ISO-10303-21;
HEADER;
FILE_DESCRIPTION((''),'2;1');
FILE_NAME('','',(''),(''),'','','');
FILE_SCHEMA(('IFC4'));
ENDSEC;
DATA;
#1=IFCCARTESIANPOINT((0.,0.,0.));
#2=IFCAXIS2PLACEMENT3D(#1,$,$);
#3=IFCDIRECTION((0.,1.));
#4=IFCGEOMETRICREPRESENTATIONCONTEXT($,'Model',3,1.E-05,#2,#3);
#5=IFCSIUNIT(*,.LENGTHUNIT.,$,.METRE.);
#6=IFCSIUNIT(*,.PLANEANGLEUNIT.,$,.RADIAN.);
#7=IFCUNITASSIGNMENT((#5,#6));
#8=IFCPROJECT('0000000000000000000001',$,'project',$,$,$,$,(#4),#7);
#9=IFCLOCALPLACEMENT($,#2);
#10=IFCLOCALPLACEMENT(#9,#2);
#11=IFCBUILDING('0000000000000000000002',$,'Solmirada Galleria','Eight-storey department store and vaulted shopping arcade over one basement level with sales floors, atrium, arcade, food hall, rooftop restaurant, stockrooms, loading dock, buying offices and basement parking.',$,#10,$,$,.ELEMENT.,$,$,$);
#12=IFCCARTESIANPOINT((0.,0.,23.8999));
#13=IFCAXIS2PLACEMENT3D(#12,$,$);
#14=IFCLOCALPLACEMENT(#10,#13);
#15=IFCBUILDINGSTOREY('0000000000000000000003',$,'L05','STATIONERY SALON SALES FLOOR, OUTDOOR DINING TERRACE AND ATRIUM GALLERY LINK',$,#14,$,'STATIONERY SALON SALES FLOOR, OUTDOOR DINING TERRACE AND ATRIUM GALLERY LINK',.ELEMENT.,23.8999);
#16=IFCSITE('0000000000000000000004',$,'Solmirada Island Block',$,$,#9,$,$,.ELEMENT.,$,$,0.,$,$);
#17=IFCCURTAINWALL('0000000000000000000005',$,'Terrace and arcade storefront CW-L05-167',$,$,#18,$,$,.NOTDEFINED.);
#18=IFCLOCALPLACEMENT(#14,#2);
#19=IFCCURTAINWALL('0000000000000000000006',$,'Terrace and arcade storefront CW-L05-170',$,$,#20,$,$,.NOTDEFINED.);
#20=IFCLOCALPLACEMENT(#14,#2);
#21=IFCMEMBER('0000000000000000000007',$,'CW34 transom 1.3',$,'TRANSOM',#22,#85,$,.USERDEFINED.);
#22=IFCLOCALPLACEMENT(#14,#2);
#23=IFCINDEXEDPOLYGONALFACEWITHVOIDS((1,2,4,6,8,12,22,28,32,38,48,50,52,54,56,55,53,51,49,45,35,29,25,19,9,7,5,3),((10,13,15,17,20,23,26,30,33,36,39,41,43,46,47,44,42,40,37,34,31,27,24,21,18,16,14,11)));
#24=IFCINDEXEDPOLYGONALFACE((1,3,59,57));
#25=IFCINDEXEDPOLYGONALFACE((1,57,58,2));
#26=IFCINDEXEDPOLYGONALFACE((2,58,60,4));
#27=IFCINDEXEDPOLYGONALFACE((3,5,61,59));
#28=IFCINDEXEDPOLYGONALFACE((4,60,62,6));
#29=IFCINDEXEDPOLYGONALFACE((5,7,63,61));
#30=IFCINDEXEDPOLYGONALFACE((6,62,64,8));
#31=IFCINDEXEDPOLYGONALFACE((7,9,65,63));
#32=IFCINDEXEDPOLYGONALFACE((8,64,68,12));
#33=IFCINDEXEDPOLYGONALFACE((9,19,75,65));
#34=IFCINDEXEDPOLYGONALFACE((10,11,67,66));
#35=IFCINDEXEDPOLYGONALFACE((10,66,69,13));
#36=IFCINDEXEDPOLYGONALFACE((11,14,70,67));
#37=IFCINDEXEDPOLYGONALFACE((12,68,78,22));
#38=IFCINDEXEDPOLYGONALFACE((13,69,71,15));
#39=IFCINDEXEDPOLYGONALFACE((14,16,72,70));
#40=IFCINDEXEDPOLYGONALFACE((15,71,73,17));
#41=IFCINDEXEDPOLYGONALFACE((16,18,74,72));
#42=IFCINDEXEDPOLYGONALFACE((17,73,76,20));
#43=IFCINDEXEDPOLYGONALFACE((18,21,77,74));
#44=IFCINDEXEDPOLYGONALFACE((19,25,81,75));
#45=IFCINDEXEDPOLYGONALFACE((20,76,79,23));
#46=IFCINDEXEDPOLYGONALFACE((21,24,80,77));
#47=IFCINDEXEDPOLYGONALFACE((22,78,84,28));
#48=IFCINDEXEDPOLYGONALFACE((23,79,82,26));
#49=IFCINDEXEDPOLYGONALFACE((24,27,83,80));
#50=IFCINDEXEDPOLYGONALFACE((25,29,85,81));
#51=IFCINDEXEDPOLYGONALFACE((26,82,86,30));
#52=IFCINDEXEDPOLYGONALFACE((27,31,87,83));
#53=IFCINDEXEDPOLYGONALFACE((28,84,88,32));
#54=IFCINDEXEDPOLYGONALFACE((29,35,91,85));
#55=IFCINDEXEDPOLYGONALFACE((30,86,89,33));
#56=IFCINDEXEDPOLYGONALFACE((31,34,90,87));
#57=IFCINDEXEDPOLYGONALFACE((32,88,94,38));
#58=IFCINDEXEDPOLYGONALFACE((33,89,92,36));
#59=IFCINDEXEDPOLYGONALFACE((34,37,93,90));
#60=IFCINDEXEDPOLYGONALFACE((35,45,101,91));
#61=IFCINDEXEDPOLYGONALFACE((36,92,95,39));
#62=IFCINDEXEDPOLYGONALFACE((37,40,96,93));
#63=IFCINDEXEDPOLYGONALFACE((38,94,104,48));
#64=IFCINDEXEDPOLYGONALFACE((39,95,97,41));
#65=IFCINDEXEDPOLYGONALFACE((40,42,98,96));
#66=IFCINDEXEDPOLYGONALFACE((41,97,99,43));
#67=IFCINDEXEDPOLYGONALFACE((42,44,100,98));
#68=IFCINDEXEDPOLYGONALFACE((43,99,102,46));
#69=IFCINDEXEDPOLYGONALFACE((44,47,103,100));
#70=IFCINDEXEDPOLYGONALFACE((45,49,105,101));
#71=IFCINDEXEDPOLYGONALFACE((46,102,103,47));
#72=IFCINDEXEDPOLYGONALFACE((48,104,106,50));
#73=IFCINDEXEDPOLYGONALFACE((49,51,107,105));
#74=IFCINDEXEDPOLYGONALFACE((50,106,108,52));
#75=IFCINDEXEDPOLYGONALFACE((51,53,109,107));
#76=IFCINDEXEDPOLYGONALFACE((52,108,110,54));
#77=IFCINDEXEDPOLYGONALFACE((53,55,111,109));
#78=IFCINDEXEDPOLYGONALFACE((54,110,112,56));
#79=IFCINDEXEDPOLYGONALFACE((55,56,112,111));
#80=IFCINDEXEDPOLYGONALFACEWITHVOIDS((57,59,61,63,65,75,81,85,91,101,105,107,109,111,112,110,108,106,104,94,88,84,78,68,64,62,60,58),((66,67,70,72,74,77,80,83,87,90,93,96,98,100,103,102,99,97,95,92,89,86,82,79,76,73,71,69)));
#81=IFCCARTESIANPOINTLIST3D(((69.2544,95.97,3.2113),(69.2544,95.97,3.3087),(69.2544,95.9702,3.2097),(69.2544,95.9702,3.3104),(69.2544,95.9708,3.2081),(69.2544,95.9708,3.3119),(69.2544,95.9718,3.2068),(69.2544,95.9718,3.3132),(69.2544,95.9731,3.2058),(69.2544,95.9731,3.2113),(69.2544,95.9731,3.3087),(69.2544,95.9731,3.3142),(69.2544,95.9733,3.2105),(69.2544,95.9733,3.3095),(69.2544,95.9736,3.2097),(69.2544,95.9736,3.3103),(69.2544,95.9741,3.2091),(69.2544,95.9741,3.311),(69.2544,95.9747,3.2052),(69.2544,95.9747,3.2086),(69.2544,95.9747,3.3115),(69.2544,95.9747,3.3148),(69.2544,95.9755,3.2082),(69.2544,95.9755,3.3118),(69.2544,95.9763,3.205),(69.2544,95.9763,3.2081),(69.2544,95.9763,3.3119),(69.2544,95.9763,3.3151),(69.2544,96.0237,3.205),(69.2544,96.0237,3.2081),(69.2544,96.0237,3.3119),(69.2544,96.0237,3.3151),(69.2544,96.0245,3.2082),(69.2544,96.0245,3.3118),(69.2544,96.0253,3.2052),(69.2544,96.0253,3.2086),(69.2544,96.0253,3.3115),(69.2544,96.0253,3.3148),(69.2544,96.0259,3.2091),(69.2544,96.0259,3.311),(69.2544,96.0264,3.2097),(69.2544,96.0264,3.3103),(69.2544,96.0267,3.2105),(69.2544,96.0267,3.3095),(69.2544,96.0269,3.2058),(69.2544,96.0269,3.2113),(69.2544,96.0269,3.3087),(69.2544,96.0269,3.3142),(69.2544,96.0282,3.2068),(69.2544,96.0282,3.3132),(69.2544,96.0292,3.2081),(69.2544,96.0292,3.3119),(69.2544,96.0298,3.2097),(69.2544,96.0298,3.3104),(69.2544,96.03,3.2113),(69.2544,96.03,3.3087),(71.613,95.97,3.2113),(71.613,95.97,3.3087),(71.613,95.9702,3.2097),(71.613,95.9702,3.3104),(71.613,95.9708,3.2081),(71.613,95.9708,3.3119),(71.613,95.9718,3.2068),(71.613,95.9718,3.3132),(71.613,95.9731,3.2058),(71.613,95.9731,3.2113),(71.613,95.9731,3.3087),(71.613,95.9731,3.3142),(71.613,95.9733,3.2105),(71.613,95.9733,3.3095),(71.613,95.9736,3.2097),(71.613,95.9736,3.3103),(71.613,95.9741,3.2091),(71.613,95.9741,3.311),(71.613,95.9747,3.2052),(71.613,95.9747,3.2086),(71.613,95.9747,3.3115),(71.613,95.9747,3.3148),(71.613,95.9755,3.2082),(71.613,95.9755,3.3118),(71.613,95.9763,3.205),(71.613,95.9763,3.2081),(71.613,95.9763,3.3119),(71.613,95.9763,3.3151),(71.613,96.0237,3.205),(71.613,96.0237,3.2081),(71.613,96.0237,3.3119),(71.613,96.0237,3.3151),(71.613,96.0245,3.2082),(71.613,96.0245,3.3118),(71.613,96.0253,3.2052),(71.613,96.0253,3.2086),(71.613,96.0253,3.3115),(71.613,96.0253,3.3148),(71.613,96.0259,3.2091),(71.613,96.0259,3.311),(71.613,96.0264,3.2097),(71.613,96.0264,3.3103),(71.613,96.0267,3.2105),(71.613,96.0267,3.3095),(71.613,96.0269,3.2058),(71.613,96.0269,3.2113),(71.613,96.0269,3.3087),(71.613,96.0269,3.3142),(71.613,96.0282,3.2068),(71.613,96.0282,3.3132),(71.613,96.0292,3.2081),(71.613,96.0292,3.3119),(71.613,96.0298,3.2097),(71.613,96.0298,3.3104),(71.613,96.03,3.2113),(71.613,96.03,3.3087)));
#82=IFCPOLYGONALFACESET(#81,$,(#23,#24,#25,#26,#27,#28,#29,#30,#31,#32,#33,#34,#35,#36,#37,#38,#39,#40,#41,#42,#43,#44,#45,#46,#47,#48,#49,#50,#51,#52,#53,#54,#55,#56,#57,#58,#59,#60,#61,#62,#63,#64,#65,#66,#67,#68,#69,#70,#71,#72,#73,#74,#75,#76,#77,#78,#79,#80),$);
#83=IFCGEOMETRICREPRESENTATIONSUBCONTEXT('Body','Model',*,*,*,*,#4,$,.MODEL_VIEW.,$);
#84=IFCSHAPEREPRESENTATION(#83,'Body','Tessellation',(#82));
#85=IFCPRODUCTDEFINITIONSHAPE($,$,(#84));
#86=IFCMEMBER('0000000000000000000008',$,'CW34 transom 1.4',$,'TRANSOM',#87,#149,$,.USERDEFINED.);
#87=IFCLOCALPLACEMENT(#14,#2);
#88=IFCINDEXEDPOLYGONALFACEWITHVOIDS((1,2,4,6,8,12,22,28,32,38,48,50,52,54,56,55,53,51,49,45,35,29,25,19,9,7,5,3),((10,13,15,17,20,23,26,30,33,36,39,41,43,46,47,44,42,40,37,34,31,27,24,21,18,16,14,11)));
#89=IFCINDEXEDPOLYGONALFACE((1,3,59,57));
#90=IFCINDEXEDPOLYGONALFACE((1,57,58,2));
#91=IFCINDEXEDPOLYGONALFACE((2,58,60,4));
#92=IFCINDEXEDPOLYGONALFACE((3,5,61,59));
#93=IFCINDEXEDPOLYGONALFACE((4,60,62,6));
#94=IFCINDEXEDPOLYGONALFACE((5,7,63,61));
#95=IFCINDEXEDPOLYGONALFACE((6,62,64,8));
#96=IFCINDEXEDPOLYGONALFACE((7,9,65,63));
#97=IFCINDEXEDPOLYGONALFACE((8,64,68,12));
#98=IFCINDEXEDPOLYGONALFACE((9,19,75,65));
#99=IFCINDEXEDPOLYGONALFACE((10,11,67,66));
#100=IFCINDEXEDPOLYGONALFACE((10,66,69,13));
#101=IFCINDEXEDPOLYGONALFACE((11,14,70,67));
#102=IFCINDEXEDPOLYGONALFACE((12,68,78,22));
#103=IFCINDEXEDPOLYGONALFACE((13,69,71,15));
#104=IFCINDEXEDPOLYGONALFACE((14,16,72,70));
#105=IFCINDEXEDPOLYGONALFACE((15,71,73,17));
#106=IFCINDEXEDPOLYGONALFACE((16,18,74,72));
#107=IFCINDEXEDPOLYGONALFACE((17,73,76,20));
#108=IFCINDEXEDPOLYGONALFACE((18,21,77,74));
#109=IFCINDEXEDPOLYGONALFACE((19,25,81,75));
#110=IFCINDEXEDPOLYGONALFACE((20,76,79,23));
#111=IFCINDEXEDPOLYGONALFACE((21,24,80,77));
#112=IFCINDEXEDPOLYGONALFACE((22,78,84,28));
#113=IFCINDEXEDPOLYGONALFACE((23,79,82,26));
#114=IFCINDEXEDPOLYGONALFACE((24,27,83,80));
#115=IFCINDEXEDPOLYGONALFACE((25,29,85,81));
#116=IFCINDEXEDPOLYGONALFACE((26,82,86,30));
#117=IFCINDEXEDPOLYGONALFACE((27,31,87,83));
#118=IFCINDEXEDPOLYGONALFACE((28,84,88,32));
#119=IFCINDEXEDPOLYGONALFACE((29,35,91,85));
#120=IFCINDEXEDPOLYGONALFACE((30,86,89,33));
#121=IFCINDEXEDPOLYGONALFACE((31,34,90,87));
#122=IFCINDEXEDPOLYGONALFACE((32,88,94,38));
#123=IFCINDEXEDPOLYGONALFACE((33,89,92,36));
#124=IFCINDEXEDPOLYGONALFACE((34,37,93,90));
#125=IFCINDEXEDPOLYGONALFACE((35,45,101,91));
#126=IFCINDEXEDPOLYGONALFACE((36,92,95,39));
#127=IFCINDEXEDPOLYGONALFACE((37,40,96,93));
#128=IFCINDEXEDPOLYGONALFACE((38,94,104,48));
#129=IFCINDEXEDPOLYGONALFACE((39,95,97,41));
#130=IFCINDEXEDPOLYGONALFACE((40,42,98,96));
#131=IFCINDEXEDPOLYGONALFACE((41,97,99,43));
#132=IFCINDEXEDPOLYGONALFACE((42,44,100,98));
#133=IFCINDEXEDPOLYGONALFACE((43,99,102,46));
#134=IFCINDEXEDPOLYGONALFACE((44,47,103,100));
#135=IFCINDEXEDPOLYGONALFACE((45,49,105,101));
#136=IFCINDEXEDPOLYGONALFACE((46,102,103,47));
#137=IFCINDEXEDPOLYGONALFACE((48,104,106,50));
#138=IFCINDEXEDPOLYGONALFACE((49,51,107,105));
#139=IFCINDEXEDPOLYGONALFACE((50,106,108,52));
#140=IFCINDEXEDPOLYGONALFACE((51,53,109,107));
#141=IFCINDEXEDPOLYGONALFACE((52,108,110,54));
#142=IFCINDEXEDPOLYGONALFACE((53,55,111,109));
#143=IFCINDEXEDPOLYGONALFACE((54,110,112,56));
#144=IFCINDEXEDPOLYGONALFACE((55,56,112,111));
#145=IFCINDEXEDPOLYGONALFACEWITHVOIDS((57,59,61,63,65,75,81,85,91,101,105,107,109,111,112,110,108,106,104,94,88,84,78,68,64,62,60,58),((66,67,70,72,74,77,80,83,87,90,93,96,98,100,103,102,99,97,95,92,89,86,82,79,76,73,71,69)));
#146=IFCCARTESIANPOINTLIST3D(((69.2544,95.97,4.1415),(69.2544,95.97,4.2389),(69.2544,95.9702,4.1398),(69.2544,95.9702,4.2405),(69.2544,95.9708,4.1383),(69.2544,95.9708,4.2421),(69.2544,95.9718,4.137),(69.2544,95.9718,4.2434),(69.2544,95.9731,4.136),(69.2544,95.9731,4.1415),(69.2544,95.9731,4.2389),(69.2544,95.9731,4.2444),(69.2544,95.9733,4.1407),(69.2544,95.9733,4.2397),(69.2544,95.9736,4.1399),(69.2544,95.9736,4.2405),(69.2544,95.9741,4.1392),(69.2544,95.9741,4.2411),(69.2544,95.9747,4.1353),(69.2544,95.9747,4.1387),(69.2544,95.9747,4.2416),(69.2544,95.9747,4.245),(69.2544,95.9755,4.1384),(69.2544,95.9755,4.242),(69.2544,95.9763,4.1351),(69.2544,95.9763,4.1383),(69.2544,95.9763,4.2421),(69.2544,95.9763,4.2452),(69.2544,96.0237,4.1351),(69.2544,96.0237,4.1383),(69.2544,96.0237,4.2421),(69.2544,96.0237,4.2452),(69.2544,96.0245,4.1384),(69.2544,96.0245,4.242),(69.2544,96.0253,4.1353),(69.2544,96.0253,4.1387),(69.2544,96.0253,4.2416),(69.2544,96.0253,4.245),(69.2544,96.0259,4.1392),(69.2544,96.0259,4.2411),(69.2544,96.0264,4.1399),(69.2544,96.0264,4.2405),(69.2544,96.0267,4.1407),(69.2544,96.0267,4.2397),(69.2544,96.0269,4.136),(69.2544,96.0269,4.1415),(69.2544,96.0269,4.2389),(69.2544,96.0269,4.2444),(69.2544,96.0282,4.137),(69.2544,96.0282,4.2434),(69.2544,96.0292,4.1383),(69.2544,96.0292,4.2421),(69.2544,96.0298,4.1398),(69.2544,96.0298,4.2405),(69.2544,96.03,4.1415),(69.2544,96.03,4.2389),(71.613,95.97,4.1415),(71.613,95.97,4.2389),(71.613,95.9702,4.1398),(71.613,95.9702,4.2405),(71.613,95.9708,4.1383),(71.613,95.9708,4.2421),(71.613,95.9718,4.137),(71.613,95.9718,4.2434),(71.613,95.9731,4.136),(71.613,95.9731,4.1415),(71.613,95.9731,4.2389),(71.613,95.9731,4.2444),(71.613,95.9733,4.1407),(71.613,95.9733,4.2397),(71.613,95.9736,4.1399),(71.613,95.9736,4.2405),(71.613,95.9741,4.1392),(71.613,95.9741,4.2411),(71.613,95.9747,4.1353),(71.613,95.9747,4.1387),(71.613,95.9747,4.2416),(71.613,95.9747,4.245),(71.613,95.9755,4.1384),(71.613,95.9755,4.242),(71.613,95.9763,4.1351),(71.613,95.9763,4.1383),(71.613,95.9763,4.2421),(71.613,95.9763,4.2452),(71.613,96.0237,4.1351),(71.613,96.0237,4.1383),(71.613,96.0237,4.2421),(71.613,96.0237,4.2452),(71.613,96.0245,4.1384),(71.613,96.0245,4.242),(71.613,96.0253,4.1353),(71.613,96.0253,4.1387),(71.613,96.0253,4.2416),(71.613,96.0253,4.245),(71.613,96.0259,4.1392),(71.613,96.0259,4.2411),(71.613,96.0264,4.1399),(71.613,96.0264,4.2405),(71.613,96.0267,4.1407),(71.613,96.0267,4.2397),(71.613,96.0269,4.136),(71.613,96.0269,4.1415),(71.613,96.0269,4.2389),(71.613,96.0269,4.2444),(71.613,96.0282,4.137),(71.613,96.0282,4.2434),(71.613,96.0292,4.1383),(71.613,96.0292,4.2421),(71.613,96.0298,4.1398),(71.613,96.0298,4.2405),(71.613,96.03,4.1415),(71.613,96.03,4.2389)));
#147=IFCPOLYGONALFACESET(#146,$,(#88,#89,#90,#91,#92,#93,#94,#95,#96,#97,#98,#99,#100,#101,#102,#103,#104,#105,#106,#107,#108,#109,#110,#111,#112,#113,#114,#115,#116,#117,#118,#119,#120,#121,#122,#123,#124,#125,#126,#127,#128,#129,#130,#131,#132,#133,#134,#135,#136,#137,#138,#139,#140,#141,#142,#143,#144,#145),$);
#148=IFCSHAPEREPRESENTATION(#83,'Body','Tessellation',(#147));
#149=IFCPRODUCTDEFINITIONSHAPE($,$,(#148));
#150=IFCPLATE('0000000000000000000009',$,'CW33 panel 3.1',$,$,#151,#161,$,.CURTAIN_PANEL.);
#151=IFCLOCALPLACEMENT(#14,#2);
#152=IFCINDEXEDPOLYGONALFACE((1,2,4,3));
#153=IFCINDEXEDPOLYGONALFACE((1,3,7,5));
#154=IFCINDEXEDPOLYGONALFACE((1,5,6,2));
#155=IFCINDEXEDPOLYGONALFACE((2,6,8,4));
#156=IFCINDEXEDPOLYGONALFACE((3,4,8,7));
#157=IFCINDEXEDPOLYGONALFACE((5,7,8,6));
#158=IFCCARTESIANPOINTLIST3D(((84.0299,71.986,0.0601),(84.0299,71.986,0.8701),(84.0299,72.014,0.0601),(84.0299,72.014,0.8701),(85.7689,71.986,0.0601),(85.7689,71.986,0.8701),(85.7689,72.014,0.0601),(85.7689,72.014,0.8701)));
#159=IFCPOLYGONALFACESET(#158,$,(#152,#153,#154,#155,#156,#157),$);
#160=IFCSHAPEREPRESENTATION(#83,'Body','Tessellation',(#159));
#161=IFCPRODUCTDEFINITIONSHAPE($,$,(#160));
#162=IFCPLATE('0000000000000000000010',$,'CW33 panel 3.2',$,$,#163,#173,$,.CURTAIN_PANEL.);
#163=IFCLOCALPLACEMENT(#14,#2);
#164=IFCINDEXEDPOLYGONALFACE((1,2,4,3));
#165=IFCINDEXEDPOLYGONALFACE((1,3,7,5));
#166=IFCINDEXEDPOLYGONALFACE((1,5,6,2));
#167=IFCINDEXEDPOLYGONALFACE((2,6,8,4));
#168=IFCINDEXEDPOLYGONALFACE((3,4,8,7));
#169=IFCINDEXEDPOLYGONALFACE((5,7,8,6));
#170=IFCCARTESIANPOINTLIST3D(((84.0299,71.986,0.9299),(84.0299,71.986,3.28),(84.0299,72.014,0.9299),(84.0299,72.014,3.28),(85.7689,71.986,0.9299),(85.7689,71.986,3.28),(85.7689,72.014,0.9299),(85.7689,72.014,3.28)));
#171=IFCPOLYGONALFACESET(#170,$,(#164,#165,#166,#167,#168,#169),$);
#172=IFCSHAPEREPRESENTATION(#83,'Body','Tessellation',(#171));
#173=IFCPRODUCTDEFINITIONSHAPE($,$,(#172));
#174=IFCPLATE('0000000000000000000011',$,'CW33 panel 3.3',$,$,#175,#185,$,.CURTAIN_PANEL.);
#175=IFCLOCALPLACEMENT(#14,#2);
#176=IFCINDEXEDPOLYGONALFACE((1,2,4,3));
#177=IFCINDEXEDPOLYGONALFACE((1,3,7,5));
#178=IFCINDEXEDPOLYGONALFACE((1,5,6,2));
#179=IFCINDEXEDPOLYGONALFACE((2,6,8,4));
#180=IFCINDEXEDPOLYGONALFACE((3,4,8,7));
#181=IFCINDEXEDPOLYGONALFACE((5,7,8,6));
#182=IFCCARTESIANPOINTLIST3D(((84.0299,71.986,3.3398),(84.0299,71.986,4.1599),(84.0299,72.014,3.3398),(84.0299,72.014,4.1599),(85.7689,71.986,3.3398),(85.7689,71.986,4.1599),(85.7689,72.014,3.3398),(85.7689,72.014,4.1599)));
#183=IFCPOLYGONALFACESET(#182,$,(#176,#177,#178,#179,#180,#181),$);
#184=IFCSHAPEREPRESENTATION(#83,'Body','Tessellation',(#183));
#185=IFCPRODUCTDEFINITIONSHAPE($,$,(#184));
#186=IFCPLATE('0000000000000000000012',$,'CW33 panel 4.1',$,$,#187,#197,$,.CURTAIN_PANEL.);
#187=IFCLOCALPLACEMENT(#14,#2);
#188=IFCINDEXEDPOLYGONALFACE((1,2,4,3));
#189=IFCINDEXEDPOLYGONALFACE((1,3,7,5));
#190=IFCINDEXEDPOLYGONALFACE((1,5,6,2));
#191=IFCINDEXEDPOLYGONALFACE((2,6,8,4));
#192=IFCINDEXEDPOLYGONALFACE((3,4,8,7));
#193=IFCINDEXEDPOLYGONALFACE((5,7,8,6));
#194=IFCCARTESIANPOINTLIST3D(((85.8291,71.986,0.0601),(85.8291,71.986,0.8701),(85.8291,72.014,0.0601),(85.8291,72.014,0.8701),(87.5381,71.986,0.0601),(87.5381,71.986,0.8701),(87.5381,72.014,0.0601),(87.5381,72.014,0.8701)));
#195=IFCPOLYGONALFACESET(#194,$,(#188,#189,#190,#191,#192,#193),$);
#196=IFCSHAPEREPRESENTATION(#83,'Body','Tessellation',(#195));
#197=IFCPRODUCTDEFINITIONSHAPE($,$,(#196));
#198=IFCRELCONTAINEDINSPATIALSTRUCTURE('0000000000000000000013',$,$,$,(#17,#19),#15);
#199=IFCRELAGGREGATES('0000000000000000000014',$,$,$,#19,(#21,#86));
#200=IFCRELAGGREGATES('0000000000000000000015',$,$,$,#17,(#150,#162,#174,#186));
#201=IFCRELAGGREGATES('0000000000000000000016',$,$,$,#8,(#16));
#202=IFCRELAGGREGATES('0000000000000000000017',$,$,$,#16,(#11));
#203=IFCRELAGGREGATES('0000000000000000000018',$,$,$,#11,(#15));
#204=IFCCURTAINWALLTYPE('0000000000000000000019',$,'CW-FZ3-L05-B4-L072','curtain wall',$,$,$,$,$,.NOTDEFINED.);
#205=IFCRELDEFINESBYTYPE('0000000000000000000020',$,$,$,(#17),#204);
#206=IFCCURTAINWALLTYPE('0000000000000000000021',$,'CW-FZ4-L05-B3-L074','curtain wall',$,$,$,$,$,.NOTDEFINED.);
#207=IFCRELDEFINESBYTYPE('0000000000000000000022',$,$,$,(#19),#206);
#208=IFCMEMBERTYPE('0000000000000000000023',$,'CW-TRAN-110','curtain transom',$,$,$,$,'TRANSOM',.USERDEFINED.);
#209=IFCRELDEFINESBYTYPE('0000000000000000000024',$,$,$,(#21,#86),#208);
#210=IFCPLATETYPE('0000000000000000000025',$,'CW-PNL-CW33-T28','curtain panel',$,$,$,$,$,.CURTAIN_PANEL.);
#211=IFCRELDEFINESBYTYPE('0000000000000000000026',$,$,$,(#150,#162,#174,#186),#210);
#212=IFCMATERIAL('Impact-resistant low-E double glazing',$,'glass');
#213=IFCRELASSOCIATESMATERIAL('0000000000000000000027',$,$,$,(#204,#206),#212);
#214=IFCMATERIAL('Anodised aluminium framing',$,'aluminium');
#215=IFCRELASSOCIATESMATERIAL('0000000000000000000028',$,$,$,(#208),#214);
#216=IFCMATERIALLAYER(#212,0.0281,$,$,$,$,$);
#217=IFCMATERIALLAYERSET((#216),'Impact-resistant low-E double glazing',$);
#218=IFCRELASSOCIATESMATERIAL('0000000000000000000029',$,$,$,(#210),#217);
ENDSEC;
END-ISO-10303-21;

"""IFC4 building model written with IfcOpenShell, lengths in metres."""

from ifc_helpers import new_model, si_unit, direction, frame, origin, origin_2d, place, context, subcontext, project, spatial, rectangle, hollow_rectangle, extrude, material, layer, layer_set, material_profile, profile_set, type_object, element, aggregate, save


model = new_model("IFC4")

# Units and contexts
model_context = context("Model", 3, precision=1e-05, world=origin(), true_north=direction((0.0, 1.0)))
body_context = subcontext(model_context, "Body", "Model", "MODEL_VIEW")
ifc_project = project(units=[si_unit("LENGTHUNIT", "METRE"), si_unit("PLANEANGLEUNIT", "RADIAN")], contexts=[model_context])

# Site, building, storey
site_placement = place(None, origin())
site = spatial("IfcSite", under=ifc_project, at=site_placement, Name="Solmirada Island Block", CompositionType="ELEMENT", RefElevation=0.0)
building_placement = place(site_placement, origin())
building = spatial("IfcBuilding", under=site, at=building_placement, Name="Solmirada Galleria", Description="Eight-storey department store and vaulted shopping arcade over one basement level with sales floors, atrium, arcade, food hall, rooftop restaurant, stockrooms, loading dock, buying offices and basement parking.", CompositionType="ELEMENT")
storey_placement = place(building_placement, frame((0.0, 0.0, 23.8999)))
storey = spatial("IfcBuildingStorey", under=building, at=storey_placement, Name="L05", Description="STATIONERY SALON SALES FLOOR, OUTDOOR DINING TERRACE AND ATRIUM GALLERY LINK", LongName="STATIONERY SALON SALES FLOOR, OUTDOOR DINING TERRACE AND ATRIUM GALLERY LINK", CompositionType="ELEMENT", Elevation=23.8999)

# Curtain walls
ifc_material_1 = material(Name="Impact-resistant low-E double glazing", Category="glass")
curtain_wall_type_1 = type_object("IfcCurtainWallType", Name="CW-FZ3-L05-B4-L072", Description="curtain wall", PredefinedType="NOTDEFINED", material=ifc_material_1)
curtain_wall_1_placement = place(storey_placement, origin())
curtain_wall_1 = element("IfcCurtainWall", 1, at=curtain_wall_1_placement, inside=storey, type_object=curtain_wall_type_1, Name="Terrace and arcade storefront CW-L05-167", PredefinedType="NOTDEFINED")
ifc_material_2 = material(Name="Anodised aluminium framing", Category="aluminium")
curtain_wall_type_2 = type_object("IfcCurtainWallType", Name="CW-FZ4-L05-B3-L074", Description="curtain wall", PredefinedType="NOTDEFINED", material=ifc_material_1)
curtain_wall_2_placement = place(storey_placement, origin())
curtain_wall_2 = element("IfcCurtainWall", 2, at=curtain_wall_2_placement, inside=storey, type_object=curtain_wall_type_2, Name="Terrace and arcade storefront CW-L05-170", PredefinedType="NOTDEFINED")

# Members
ifc_material_profile_1 = material_profile(ifc_material_2, hollow_rectangle(XDim=0.0601, YDim=0.1101, WallThickness=0.0032, InnerFilletRadius=0.0032, OuterFilletRadius=0.0063, at=origin_2d()), Name="ALU-TRAN-110X60")
ifc_profile_set_1 = profile_set([ifc_material_profile_1], Name="Anodised aluminium framing")
member_type_1 = type_object("IfcMemberType", Name="CW-TRAN-110", Description="curtain transom", ElementType="TRANSOM", PredefinedType="USERDEFINED", material=ifc_profile_set_1)
member_1_placement = place(storey_placement, frame((71.613, 96.0, 3.26), z_axis=(-1.0, 0.0, 0.0), x_axis=(0.0, -1.0, 0.0)))
member_1 = element("IfcMember", 3, at=member_1_placement, type_object=member_type_1, Name="CW34 transom 1.3", ObjectType="TRANSOM", PredefinedType="USERDEFINED", context=body_context, shape_type="SweptSolid", body=[
    extrude(hollow_rectangle(XDim=0.0601, YDim=0.1101, WallThickness=0.0032, InnerFilletRadius=0.0032, OuterFilletRadius=0.0063, at=origin_2d()), origin(), (0.0, 0.0, 1.0), 2.3586),
])
member_2_placement = place(storey_placement, frame((71.613, 96.0, 4.1902), z_axis=(-1.0, 0.0, 0.0), x_axis=(0.0, -1.0, 0.0)))
member_2 = element("IfcMember", 4, at=member_2_placement, type_object=member_type_1, Name="CW34 transom 1.4", ObjectType="TRANSOM", PredefinedType="USERDEFINED", context=body_context, shape_type="SweptSolid", body=[
    extrude(hollow_rectangle(XDim=0.0601, YDim=0.1101, WallThickness=0.0032, InnerFilletRadius=0.0032, OuterFilletRadius=0.0063, at=origin_2d()), origin(), (0.0, 0.0, 1.0), 2.3586),
])
aggregate(curtain_wall_2, [member_1, member_2])

# Plates
ifc_layer_1 = layer(ifc_material_1, 0.0281)
ifc_layer_set_1 = layer_set([ifc_layer_1], Name="Impact-resistant low-E double glazing")
plate_type = type_object("IfcPlateType", Name="CW-PNL-CW33-T28", Description="curtain panel", PredefinedType="CURTAIN_PANEL", material=ifc_layer_set_1)
plate_1_placement = place(storey_placement, frame((84.8994, 72.0, 0.0601), z_axis=(0.0, 0.0, 1.0), x_axis=(1.0, 0.0, 0.0)))
plate_1 = element("IfcPlate", 5, at=plate_1_placement, type_object=plate_type, Name="CW33 panel 3.1", PredefinedType="CURTAIN_PANEL", context=body_context, shape_type="SweptSolid", body=[
    extrude(rectangle(XDim=1.739, YDim=0.0281, at=origin_2d()), origin(), (0.0, 0.0, 1.0), 0.8101),
])
plate_2_placement = place(storey_placement, frame((84.8994, 72.0, 0.9299), z_axis=(0.0, 0.0, 1.0), x_axis=(1.0, 0.0, 0.0)))
plate_2 = element("IfcPlate", 6, at=plate_2_placement, type_object=plate_type, Name="CW33 panel 3.2", PredefinedType="CURTAIN_PANEL", context=body_context, shape_type="SweptSolid", body=[
    extrude(rectangle(XDim=1.739, YDim=0.0281, at=origin_2d()), origin(), (0.0, 0.0, 1.0), 2.3501),
])
plate_3_placement = place(storey_placement, frame((84.8994, 72.0, 3.3398), z_axis=(0.0, 0.0, 1.0), x_axis=(1.0, 0.0, 0.0)))
plate_3 = element("IfcPlate", 7, at=plate_3_placement, type_object=plate_type, Name="CW33 panel 3.3", PredefinedType="CURTAIN_PANEL", context=body_context, shape_type="SweptSolid", body=[
    extrude(rectangle(XDim=1.739, YDim=0.0281, at=origin_2d()), origin(), (0.0, 0.0, 1.0), 0.8201),
])
plate_4_placement = place(storey_placement, frame((86.6836, 72.0, 0.0601), z_axis=(0.0, 0.0, 1.0), x_axis=(1.0, 0.0, 0.0)))
plate_4 = element("IfcPlate", 8, at=plate_4_placement, type_object=plate_type, Name="CW33 panel 4.1", PredefinedType="CURTAIN_PANEL", context=body_context, shape_type="SweptSolid", body=[
    extrude(rectangle(XDim=1.709, YDim=0.0281, at=origin_2d()), origin(), (0.0, 0.0, 1.0), 0.8101),
])
aggregate(curtain_wall_1, [plate_1, plate_2, plate_3, plate_4])

save(model, "model.ifc")
